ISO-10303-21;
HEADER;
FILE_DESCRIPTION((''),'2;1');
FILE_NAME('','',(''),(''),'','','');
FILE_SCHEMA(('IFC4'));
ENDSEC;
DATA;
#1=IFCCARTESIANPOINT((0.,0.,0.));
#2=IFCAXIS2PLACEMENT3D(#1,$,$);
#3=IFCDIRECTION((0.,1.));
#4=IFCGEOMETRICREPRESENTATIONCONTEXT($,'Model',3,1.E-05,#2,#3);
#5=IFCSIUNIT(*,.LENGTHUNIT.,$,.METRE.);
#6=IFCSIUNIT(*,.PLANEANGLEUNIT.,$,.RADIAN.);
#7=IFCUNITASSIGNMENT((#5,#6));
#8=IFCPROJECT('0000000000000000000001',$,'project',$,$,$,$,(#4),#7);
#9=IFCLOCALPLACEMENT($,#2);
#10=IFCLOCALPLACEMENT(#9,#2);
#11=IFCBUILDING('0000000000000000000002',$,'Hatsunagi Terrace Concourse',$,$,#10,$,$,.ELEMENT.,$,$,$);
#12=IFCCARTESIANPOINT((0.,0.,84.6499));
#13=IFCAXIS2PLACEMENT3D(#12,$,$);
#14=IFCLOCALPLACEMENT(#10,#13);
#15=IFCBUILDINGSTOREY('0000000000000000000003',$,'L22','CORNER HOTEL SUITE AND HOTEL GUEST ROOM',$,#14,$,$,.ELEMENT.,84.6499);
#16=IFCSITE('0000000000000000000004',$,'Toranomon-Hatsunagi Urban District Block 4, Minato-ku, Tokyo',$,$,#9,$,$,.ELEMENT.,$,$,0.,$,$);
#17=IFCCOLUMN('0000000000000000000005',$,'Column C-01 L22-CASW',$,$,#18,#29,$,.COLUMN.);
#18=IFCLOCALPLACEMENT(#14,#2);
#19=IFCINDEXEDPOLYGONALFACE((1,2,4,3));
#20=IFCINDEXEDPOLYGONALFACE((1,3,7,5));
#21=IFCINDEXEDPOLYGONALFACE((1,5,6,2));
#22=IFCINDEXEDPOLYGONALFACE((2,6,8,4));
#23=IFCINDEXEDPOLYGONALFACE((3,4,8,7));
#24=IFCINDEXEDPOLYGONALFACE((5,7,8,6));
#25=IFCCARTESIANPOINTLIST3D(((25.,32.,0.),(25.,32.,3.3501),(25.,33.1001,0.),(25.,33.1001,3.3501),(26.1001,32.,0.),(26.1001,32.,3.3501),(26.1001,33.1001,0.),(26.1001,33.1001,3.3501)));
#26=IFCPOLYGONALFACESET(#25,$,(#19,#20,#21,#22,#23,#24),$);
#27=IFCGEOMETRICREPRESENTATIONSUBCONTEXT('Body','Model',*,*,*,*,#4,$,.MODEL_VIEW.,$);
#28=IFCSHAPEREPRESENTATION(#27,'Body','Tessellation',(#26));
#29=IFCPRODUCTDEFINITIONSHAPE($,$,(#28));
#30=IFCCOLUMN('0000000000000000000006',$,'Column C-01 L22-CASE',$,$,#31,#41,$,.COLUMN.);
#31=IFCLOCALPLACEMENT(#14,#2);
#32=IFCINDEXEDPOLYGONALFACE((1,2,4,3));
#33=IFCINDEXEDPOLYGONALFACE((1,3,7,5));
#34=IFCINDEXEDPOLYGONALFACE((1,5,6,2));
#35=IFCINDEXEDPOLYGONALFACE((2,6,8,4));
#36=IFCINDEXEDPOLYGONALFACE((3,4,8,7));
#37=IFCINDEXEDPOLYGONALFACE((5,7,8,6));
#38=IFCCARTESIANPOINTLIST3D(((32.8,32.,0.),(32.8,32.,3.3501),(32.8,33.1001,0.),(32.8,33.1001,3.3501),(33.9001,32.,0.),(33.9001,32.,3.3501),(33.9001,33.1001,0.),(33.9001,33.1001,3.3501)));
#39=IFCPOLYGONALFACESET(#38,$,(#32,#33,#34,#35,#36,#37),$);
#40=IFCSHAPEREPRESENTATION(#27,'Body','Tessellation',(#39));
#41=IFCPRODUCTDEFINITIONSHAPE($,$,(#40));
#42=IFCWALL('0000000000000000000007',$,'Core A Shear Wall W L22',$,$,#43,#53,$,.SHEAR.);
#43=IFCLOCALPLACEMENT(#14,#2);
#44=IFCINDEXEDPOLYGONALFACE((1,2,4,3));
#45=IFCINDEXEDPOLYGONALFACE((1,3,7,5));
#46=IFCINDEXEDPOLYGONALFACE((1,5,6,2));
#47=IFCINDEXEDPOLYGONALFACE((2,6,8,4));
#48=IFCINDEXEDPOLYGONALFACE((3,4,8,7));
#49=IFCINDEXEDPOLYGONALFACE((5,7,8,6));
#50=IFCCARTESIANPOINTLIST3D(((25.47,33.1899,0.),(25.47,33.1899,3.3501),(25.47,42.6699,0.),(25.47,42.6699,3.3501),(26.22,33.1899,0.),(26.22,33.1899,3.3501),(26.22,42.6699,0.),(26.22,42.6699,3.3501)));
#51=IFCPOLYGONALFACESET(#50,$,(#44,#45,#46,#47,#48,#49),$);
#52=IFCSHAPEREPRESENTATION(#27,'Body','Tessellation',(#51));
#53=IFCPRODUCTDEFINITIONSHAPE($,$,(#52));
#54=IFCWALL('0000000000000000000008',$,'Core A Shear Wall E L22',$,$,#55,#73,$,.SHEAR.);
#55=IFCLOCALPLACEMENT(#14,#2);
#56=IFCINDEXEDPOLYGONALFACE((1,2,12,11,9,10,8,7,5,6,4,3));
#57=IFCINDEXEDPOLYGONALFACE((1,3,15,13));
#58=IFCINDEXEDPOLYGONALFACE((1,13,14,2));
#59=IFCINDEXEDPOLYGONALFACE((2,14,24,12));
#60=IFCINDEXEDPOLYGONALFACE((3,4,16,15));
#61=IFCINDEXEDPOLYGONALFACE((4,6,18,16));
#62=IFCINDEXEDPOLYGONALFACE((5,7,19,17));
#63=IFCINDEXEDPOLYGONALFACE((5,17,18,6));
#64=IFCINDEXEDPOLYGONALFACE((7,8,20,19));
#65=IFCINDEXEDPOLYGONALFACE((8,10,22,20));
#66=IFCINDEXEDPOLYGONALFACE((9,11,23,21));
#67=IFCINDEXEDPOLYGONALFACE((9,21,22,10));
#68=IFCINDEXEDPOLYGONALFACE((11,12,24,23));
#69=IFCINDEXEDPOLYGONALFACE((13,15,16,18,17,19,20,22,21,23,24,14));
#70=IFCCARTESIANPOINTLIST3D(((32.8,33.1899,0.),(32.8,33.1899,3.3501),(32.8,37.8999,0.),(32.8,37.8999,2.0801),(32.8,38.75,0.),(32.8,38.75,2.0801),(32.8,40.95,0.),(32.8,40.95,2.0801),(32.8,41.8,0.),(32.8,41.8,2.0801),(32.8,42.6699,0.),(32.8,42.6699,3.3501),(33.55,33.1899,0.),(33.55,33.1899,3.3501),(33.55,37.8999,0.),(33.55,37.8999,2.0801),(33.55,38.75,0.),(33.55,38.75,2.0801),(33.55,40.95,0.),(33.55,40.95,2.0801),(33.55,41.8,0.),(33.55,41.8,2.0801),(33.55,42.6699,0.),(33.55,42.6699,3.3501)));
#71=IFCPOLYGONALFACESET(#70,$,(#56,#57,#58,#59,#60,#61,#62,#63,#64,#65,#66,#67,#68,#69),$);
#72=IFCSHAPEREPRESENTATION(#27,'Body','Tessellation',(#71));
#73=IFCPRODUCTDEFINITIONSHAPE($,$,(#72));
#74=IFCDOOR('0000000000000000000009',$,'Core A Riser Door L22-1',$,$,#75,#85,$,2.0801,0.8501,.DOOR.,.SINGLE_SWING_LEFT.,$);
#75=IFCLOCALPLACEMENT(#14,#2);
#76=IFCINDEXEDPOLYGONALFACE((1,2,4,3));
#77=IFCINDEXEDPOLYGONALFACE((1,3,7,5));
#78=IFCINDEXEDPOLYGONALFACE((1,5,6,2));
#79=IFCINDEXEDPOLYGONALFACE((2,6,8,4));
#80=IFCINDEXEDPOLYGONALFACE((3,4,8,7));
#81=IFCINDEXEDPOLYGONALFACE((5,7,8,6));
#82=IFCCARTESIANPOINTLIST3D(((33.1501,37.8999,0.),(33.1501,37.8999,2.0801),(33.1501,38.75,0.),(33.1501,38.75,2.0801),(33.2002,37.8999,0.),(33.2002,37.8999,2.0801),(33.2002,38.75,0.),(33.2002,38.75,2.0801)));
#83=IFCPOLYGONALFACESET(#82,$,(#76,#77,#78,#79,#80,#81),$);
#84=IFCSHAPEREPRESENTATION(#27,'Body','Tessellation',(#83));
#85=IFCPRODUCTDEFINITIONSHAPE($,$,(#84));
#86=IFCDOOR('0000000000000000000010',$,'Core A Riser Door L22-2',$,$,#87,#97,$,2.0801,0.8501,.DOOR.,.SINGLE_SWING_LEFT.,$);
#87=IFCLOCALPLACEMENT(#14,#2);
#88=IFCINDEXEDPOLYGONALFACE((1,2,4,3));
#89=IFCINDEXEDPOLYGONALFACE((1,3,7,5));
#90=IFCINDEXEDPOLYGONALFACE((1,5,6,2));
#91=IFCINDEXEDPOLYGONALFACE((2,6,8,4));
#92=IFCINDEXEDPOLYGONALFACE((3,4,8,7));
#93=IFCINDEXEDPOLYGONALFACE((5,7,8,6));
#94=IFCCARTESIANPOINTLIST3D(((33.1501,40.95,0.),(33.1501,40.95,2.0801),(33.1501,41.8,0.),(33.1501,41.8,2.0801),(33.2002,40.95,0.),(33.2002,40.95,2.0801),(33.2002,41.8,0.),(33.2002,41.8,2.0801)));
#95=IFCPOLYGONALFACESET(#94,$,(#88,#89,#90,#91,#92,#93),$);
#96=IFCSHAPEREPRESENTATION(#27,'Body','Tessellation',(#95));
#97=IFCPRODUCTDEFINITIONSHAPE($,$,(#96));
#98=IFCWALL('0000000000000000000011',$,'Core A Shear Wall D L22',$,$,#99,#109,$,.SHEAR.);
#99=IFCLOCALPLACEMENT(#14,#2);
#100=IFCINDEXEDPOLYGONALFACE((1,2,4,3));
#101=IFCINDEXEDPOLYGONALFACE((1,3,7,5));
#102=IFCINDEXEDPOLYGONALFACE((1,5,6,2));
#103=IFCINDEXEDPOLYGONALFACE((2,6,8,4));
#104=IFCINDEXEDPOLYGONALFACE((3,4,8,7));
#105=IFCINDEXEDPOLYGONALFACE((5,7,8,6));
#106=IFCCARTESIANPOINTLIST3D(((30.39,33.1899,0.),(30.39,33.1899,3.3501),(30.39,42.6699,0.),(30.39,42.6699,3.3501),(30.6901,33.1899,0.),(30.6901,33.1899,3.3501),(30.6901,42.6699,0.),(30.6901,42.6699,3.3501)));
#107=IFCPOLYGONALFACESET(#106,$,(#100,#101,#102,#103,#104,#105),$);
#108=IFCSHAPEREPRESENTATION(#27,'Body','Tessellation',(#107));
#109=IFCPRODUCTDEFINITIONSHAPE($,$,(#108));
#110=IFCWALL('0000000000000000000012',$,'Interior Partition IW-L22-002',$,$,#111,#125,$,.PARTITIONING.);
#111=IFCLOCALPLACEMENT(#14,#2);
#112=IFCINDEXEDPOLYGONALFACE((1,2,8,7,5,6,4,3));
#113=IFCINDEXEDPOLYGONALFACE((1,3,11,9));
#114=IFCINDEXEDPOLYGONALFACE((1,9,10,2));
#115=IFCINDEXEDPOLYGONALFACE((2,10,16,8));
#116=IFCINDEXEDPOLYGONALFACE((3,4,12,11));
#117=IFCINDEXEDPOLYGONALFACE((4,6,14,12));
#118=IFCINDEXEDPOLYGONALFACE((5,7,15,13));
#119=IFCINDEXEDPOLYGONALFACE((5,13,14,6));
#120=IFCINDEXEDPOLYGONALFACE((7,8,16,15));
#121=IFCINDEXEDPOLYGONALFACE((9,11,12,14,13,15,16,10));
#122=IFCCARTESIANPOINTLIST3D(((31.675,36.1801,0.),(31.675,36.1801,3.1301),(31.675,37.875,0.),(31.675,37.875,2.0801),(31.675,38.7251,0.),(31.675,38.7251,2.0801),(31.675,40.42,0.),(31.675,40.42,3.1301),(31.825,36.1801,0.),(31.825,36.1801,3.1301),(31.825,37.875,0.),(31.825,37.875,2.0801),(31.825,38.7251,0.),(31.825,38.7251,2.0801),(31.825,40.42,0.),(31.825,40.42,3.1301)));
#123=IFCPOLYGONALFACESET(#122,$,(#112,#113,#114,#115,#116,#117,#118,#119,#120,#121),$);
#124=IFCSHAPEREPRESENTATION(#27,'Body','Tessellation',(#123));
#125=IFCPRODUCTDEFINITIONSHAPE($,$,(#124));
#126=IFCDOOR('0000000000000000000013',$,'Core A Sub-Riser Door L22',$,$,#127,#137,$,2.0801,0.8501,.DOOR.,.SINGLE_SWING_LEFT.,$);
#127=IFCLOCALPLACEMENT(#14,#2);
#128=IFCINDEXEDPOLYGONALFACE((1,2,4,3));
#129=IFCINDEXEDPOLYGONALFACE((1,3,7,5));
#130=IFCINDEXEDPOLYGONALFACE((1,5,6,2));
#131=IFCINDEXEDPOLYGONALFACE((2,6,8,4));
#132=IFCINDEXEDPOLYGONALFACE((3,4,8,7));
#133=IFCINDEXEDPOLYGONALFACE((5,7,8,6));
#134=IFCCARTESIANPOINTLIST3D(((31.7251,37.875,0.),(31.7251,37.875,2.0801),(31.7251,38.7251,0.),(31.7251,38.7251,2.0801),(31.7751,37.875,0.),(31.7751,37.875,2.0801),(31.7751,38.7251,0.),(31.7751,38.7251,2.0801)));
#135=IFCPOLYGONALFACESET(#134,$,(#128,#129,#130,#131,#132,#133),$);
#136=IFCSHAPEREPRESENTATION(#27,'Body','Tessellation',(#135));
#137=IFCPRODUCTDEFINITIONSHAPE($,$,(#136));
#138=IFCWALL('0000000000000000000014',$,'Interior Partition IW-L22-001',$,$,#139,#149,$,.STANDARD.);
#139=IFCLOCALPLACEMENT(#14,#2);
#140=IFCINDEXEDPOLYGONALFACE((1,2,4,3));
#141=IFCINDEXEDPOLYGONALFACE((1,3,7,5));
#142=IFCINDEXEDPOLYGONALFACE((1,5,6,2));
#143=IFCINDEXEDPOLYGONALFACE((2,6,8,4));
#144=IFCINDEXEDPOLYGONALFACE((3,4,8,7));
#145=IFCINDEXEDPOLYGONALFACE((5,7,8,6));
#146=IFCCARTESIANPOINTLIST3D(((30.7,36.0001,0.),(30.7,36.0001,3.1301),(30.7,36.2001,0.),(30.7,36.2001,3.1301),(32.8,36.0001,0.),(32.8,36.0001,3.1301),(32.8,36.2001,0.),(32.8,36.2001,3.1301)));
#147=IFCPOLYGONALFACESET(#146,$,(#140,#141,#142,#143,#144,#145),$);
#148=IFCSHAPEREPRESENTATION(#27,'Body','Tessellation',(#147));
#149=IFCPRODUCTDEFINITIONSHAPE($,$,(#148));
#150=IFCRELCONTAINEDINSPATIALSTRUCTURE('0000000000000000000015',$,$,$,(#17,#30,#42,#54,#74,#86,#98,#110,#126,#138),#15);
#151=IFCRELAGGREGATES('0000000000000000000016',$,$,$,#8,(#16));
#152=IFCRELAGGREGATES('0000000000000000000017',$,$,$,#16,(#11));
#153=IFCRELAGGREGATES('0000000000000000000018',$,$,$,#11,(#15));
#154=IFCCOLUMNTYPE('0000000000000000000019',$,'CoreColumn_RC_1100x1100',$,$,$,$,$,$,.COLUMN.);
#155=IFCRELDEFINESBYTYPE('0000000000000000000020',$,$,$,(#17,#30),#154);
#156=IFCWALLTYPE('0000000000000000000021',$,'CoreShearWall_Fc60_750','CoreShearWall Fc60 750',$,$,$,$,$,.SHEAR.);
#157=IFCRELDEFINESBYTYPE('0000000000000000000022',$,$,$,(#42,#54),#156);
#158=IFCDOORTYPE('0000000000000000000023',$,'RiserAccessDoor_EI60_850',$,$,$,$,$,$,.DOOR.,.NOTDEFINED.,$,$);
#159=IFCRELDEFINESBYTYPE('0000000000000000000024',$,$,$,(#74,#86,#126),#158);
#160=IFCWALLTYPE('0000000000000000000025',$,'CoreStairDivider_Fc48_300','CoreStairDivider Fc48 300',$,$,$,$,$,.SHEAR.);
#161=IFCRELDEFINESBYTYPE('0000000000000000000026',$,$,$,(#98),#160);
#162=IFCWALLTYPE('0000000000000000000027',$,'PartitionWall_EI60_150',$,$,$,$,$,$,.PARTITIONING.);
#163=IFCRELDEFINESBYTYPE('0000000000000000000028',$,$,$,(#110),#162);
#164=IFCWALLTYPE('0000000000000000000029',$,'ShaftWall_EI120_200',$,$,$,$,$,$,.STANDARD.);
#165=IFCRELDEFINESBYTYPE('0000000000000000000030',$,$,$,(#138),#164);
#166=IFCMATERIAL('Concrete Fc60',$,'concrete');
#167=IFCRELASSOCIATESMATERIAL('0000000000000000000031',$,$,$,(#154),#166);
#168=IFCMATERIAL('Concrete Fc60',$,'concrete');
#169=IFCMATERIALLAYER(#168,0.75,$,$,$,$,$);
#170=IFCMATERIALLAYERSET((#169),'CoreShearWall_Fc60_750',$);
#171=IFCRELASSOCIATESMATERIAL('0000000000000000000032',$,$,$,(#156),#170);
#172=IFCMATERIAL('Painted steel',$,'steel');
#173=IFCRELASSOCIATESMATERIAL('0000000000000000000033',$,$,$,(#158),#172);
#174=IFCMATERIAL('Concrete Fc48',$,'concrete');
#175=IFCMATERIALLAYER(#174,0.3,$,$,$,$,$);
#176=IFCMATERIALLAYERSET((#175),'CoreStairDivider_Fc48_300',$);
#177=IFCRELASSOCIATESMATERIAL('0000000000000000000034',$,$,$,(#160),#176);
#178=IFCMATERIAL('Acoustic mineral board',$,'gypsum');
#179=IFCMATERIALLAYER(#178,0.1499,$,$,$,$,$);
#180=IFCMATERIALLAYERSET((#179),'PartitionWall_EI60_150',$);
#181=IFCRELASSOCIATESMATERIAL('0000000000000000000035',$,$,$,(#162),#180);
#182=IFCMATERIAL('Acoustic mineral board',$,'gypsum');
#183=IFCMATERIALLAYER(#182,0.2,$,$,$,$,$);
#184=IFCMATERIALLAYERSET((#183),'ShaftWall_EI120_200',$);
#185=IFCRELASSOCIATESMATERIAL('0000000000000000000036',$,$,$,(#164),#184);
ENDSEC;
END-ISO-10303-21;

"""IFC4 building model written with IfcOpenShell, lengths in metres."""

from ifc_helpers import new_model, si_unit, direction, frame, frame_2d, origin, origin_2d, place, context, subcontext, project, spatial, rectangle, extrude, material, layer, layer_set, material_profile, profile_set, type_object, element, fill, save


model = new_model("IFC4")

# Units and contexts
model_context = context("Model", 3, precision=1e-05, world=origin(), true_north=direction((0.0, 1.0)))
body_context = subcontext(model_context, "Body", "Model", "MODEL_VIEW")
ifc_project = project(units=[si_unit("LENGTHUNIT", "METRE"), si_unit("PLANEANGLEUNIT", "RADIAN")], contexts=[model_context])

# Site, building, storey
site_placement = place(None, origin())
site = spatial("IfcSite", under=ifc_project, at=site_placement, Name="Toranomon-Hatsunagi Urban District Block 4, Minato-ku, Tokyo", CompositionType="ELEMENT", RefElevation=0.0)
building_placement = place(site_placement, origin())
building = spatial("IfcBuilding", under=site, at=building_placement, Name="Hatsunagi Terrace Concourse", CompositionType="ELEMENT")
storey_placement = place(building_placement, frame((0.0, 0.0, 84.6499)))
storey = spatial("IfcBuildingStorey", under=building, at=storey_placement, Name="L22", Description="CORNER HOTEL SUITE AND HOTEL GUEST ROOM", CompositionType="ELEMENT", Elevation=84.6499)

# Columns
ifc_material_1 = material(Name="Concrete Fc60", Category="concrete")
ifc_material_profile = material_profile(ifc_material_1, rectangle(XDim=1.1001, YDim=1.1001, at=origin_2d()), Name="RC-1100x1100")
ifc_profile_set = profile_set([ifc_material_profile], Name="Concrete Fc60")
column_type = type_object("IfcColumnType", Name="CoreColumn_RC_1100x1100", PredefinedType="COLUMN", material=ifc_profile_set)
for number, where, z_axis, x_axis, name in (
    (1, (25.55, 32.55, 0.0), (0.0, 0.0, 1.0), (1.0, 0.0, 0.0), "Column C-01 L22-CASW"),
    (2, (33.3501, 32.55, 0.0), (0.0, 0.0, 1.0), (1.0, 0.0, 0.0), "Column C-01 L22-CASE"),
):
    element("IfcColumn", number, at=place(storey_placement, frame(where, z_axis=z_axis, x_axis=x_axis)), inside=storey, type_object=column_type, Name=name, PredefinedType="COLUMN", context=body_context, shape_type="SweptSolid", body=[
        extrude(rectangle(XDim=1.1001, YDim=1.1001, at=origin_2d()), origin(), (0.0, 0.0, 1.0), 3.3501),
    ])

# Shared definitions
ifc_material_2 = material(Name="Concrete Fc60", Category="concrete")
ifc_layer_1 = layer(ifc_material_2, 0.75)
ifc_layer_set_1 = layer_set([ifc_layer_1], Name="CoreShearWall_Fc60_750")
wall_type_1 = type_object("IfcWallType", Name="CoreShearWall_Fc60_750", Description="CoreShearWall Fc60 750", PredefinedType="SHEAR", material=ifc_layer_set_1)

# Wall
wall_1_placement = place(storey_placement, frame((25.845, 33.1899, 0.0), z_axis=(0.0, 0.0, 1.0), x_axis=(0.0, 1.0, 0.0)))
element("IfcWall", 3, at=wall_1_placement, inside=storey, type_object=wall_type_1, Name="Core A Shear Wall W L22", PredefinedType="SHEAR", context=body_context, shape_type="SweptSolid", body=[
    extrude(rectangle(XDim=9.48, YDim=0.75, at=frame_2d((4.74, 0.0))), origin(), (0.0, 0.0, 1.0), 3.3501),
])

# Wall, openings, doors
wall_2_placement = place(storey_placement, frame((33.175, 33.1899, 0.0), z_axis=(0.0, 0.0, 1.0), x_axis=(0.0, 1.0, 0.0)))
wall_2 = element("IfcWall", 4, at=wall_2_placement, inside=storey, type_object=wall_type_1, Name="Core A Shear Wall E L22", PredefinedType="SHEAR", context=body_context, shape_type="SweptSolid", body=[
    extrude(rectangle(XDim=9.48, YDim=0.75, at=frame_2d((4.74, 0.0))), origin(), (0.0, 0.0, 1.0), 3.3501),
])
opening_1_placement = place(wall_2_placement, frame((4.71, 0.0, 0.0)))
opening_1 = element("IfcOpeningElement", 5, at=opening_1_placement, cuts=wall_2, PredefinedType="OPENING", context=body_context, shape_type="SweptSolid", body=[
    extrude(rectangle(XDim=0.8501, YDim=2.0801, at=frame_2d((0.425, 1.04))), frame((0.0, 0.385, 0.0), z_axis=(0.0, -1.0, 0.0), x_axis=(1.0, 0.0, 0.0)), (0.0, 0.0, 1.0), 0.77),
])
opening_2_placement = place(wall_2_placement, frame((7.76, 0.0, 0.0)))
opening_2 = element("IfcOpeningElement", 6, at=opening_2_placement, cuts=wall_2, PredefinedType="OPENING", context=body_context, shape_type="SweptSolid", body=[
    extrude(rectangle(XDim=0.8501, YDim=2.0801, at=frame_2d((0.425, 1.04))), frame((0.0, 0.385, 0.0), z_axis=(0.0, -1.0, 0.0), x_axis=(1.0, 0.0, 0.0)), (0.0, 0.0, 1.0), 0.77),
])
ifc_material_3 = material(Name="Painted steel", Category="steel")
door_type_1 = type_object("IfcDoorType", Name="RiserAccessDoor_EI60_850", OperationType="NOTDEFINED", PredefinedType="DOOR", material=ifc_material_3)
door_1_placement = place(opening_1_placement, origin())
door_1 = element("IfcDoor", 7, at=door_1_placement, inside=storey, type_object=door_type_1, Name="Core A Riser Door L22-1", OperationType="SINGLE_SWING_LEFT", OverallHeight=2.0801, OverallWidth=0.8501, PredefinedType="DOOR", context=body_context, shape_type="SweptSolid", body=[
    extrude(rectangle(XDim=0.8501, YDim=2.0801, at=frame_2d((0.425, 1.04))), frame((0.0, 0.0249, 0.0), z_axis=(0.0, -1.0, 0.0), x_axis=(1.0, 0.0, 0.0)), (0.0, 0.0, 1.0), 0.05),
])
fill(opening_1, door_1)
door_2_placement = place(opening_2_placement, origin())
door_2 = element("IfcDoor", 8, at=door_2_placement, inside=storey, type_object=door_type_1, Name="Core A Riser Door L22-2", OperationType="SINGLE_SWING_LEFT", OverallHeight=2.0801, OverallWidth=0.8501, PredefinedType="DOOR", context=body_context, shape_type="SweptSolid", body=[
    extrude(rectangle(XDim=0.8501, YDim=2.0801, at=frame_2d((0.425, 1.04))), frame((0.0, 0.0249, 0.0), z_axis=(0.0, -1.0, 0.0), x_axis=(1.0, 0.0, 0.0)), (0.0, 0.0, 1.0), 0.05),
])
fill(opening_2, door_2)

# Wall
ifc_material_4 = material(Name="Concrete Fc48", Category="concrete")
ifc_layer_2 = layer(ifc_material_4, 0.3)
ifc_layer_set_2 = layer_set([ifc_layer_2], Name="CoreStairDivider_Fc48_300")
wall_type_2 = type_object("IfcWallType", Name="CoreStairDivider_Fc48_300", Description="CoreStairDivider Fc48 300", PredefinedType="SHEAR", material=ifc_layer_set_2)
wall_3_placement = place(storey_placement, frame((30.54, 33.1899, 0.0), z_axis=(0.0, 0.0, 1.0), x_axis=(0.0, 1.0, 0.0)))
element("IfcWall", 9, at=wall_3_placement, inside=storey, type_object=wall_type_2, Name="Core A Shear Wall D L22", PredefinedType="SHEAR", context=body_context, shape_type="SweptSolid", body=[
    extrude(rectangle(XDim=9.48, YDim=0.3, at=frame_2d((4.74, 0.0))), origin(), (0.0, 0.0, 1.0), 3.3501),
])

# Wall, opening, door
ifc_material_5 = material(Name="Acoustic mineral board", Category="gypsum")
ifc_layer_3 = layer(ifc_material_5, 0.1499)
ifc_layer_set_3 = layer_set([ifc_layer_3], Name="PartitionWall_EI60_150")
wall_type_3 = type_object("IfcWallType", Name="PartitionWall_EI60_150", PredefinedType="PARTITIONING", material=ifc_layer_set_3)
wall_4_placement = place(storey_placement, frame((31.75, 36.1799, 0.0), z_axis=(0.0, 0.0, 1.0), x_axis=(0.0, 1.0, 0.0)))
wall_4 = element("IfcWall", 10, at=wall_4_placement, inside=storey, type_object=wall_type_3, Name="Interior Partition IW-L22-002", PredefinedType="PARTITIONING", context=body_context, shape_type="SweptSolid", body=[
    extrude(rectangle(XDim=4.24, YDim=0.1499, at=frame_2d((2.1201, 0.0))), origin(), (0.0, 0.0, 1.0), 3.1301),
])
opening_3_placement = place(wall_4_placement, frame((1.6951, 0.0, 0.0)))
opening_3 = element("IfcOpeningElement", 11, at=opening_3_placement, cuts=wall_4, PredefinedType="OPENING", context=body_context, shape_type="SweptSolid", body=[
    extrude(rectangle(XDim=0.8501, YDim=2.0801, at=frame_2d((0.425, 1.04))), frame((0.0, 0.085, 0.0), z_axis=(0.0, -1.0, 0.0), x_axis=(1.0, 0.0, 0.0)), (0.0, 0.0, 1.0), 0.1699),
])
door_3_placement = place(opening_3_placement, origin())
door_3 = element("IfcDoor", 12, at=door_3_placement, inside=storey, type_object=door_type_1, Name="Core A Sub-Riser Door L22", OperationType="SINGLE_SWING_LEFT", OverallHeight=2.0801, OverallWidth=0.8501, PredefinedType="DOOR", context=body_context, shape_type="SweptSolid", body=[
    extrude(rectangle(XDim=0.8501, YDim=2.0801, at=frame_2d((0.425, 1.04))), frame((0.0, 0.0249, 0.0), z_axis=(0.0, -1.0, 0.0), x_axis=(1.0, 0.0, 0.0)), (0.0, 0.0, 1.0), 0.05),
])
fill(opening_3, door_3)

# Wall
ifc_material_6 = material(Name="Acoustic mineral board", Category="gypsum")
ifc_layer_4 = layer(ifc_material_6, 0.2)
ifc_layer_set_4 = layer_set([ifc_layer_4], Name="ShaftWall_EI120_200")
wall_type_4 = type_object("IfcWallType", Name="ShaftWall_EI120_200", PredefinedType="STANDARD", material=ifc_layer_set_4)
wall_5_placement = place(storey_placement, frame((30.7, 36.1001, 0.0), z_axis=(0.0, 0.0, 1.0), x_axis=(1.0, 0.0, 0.0)))
element("IfcWall", 13, at=wall_5_placement, inside=storey, type_object=wall_type_4, Name="Interior Partition IW-L22-001", PredefinedType="STANDARD", context=body_context, shape_type="SweptSolid", body=[
    extrude(rectangle(XDim=2.1001, YDim=0.2, at=frame_2d((1.05, 0.0))), origin(), (0.0, 0.0, 1.0), 3.1301),
])

save(model, "model.ifc")
